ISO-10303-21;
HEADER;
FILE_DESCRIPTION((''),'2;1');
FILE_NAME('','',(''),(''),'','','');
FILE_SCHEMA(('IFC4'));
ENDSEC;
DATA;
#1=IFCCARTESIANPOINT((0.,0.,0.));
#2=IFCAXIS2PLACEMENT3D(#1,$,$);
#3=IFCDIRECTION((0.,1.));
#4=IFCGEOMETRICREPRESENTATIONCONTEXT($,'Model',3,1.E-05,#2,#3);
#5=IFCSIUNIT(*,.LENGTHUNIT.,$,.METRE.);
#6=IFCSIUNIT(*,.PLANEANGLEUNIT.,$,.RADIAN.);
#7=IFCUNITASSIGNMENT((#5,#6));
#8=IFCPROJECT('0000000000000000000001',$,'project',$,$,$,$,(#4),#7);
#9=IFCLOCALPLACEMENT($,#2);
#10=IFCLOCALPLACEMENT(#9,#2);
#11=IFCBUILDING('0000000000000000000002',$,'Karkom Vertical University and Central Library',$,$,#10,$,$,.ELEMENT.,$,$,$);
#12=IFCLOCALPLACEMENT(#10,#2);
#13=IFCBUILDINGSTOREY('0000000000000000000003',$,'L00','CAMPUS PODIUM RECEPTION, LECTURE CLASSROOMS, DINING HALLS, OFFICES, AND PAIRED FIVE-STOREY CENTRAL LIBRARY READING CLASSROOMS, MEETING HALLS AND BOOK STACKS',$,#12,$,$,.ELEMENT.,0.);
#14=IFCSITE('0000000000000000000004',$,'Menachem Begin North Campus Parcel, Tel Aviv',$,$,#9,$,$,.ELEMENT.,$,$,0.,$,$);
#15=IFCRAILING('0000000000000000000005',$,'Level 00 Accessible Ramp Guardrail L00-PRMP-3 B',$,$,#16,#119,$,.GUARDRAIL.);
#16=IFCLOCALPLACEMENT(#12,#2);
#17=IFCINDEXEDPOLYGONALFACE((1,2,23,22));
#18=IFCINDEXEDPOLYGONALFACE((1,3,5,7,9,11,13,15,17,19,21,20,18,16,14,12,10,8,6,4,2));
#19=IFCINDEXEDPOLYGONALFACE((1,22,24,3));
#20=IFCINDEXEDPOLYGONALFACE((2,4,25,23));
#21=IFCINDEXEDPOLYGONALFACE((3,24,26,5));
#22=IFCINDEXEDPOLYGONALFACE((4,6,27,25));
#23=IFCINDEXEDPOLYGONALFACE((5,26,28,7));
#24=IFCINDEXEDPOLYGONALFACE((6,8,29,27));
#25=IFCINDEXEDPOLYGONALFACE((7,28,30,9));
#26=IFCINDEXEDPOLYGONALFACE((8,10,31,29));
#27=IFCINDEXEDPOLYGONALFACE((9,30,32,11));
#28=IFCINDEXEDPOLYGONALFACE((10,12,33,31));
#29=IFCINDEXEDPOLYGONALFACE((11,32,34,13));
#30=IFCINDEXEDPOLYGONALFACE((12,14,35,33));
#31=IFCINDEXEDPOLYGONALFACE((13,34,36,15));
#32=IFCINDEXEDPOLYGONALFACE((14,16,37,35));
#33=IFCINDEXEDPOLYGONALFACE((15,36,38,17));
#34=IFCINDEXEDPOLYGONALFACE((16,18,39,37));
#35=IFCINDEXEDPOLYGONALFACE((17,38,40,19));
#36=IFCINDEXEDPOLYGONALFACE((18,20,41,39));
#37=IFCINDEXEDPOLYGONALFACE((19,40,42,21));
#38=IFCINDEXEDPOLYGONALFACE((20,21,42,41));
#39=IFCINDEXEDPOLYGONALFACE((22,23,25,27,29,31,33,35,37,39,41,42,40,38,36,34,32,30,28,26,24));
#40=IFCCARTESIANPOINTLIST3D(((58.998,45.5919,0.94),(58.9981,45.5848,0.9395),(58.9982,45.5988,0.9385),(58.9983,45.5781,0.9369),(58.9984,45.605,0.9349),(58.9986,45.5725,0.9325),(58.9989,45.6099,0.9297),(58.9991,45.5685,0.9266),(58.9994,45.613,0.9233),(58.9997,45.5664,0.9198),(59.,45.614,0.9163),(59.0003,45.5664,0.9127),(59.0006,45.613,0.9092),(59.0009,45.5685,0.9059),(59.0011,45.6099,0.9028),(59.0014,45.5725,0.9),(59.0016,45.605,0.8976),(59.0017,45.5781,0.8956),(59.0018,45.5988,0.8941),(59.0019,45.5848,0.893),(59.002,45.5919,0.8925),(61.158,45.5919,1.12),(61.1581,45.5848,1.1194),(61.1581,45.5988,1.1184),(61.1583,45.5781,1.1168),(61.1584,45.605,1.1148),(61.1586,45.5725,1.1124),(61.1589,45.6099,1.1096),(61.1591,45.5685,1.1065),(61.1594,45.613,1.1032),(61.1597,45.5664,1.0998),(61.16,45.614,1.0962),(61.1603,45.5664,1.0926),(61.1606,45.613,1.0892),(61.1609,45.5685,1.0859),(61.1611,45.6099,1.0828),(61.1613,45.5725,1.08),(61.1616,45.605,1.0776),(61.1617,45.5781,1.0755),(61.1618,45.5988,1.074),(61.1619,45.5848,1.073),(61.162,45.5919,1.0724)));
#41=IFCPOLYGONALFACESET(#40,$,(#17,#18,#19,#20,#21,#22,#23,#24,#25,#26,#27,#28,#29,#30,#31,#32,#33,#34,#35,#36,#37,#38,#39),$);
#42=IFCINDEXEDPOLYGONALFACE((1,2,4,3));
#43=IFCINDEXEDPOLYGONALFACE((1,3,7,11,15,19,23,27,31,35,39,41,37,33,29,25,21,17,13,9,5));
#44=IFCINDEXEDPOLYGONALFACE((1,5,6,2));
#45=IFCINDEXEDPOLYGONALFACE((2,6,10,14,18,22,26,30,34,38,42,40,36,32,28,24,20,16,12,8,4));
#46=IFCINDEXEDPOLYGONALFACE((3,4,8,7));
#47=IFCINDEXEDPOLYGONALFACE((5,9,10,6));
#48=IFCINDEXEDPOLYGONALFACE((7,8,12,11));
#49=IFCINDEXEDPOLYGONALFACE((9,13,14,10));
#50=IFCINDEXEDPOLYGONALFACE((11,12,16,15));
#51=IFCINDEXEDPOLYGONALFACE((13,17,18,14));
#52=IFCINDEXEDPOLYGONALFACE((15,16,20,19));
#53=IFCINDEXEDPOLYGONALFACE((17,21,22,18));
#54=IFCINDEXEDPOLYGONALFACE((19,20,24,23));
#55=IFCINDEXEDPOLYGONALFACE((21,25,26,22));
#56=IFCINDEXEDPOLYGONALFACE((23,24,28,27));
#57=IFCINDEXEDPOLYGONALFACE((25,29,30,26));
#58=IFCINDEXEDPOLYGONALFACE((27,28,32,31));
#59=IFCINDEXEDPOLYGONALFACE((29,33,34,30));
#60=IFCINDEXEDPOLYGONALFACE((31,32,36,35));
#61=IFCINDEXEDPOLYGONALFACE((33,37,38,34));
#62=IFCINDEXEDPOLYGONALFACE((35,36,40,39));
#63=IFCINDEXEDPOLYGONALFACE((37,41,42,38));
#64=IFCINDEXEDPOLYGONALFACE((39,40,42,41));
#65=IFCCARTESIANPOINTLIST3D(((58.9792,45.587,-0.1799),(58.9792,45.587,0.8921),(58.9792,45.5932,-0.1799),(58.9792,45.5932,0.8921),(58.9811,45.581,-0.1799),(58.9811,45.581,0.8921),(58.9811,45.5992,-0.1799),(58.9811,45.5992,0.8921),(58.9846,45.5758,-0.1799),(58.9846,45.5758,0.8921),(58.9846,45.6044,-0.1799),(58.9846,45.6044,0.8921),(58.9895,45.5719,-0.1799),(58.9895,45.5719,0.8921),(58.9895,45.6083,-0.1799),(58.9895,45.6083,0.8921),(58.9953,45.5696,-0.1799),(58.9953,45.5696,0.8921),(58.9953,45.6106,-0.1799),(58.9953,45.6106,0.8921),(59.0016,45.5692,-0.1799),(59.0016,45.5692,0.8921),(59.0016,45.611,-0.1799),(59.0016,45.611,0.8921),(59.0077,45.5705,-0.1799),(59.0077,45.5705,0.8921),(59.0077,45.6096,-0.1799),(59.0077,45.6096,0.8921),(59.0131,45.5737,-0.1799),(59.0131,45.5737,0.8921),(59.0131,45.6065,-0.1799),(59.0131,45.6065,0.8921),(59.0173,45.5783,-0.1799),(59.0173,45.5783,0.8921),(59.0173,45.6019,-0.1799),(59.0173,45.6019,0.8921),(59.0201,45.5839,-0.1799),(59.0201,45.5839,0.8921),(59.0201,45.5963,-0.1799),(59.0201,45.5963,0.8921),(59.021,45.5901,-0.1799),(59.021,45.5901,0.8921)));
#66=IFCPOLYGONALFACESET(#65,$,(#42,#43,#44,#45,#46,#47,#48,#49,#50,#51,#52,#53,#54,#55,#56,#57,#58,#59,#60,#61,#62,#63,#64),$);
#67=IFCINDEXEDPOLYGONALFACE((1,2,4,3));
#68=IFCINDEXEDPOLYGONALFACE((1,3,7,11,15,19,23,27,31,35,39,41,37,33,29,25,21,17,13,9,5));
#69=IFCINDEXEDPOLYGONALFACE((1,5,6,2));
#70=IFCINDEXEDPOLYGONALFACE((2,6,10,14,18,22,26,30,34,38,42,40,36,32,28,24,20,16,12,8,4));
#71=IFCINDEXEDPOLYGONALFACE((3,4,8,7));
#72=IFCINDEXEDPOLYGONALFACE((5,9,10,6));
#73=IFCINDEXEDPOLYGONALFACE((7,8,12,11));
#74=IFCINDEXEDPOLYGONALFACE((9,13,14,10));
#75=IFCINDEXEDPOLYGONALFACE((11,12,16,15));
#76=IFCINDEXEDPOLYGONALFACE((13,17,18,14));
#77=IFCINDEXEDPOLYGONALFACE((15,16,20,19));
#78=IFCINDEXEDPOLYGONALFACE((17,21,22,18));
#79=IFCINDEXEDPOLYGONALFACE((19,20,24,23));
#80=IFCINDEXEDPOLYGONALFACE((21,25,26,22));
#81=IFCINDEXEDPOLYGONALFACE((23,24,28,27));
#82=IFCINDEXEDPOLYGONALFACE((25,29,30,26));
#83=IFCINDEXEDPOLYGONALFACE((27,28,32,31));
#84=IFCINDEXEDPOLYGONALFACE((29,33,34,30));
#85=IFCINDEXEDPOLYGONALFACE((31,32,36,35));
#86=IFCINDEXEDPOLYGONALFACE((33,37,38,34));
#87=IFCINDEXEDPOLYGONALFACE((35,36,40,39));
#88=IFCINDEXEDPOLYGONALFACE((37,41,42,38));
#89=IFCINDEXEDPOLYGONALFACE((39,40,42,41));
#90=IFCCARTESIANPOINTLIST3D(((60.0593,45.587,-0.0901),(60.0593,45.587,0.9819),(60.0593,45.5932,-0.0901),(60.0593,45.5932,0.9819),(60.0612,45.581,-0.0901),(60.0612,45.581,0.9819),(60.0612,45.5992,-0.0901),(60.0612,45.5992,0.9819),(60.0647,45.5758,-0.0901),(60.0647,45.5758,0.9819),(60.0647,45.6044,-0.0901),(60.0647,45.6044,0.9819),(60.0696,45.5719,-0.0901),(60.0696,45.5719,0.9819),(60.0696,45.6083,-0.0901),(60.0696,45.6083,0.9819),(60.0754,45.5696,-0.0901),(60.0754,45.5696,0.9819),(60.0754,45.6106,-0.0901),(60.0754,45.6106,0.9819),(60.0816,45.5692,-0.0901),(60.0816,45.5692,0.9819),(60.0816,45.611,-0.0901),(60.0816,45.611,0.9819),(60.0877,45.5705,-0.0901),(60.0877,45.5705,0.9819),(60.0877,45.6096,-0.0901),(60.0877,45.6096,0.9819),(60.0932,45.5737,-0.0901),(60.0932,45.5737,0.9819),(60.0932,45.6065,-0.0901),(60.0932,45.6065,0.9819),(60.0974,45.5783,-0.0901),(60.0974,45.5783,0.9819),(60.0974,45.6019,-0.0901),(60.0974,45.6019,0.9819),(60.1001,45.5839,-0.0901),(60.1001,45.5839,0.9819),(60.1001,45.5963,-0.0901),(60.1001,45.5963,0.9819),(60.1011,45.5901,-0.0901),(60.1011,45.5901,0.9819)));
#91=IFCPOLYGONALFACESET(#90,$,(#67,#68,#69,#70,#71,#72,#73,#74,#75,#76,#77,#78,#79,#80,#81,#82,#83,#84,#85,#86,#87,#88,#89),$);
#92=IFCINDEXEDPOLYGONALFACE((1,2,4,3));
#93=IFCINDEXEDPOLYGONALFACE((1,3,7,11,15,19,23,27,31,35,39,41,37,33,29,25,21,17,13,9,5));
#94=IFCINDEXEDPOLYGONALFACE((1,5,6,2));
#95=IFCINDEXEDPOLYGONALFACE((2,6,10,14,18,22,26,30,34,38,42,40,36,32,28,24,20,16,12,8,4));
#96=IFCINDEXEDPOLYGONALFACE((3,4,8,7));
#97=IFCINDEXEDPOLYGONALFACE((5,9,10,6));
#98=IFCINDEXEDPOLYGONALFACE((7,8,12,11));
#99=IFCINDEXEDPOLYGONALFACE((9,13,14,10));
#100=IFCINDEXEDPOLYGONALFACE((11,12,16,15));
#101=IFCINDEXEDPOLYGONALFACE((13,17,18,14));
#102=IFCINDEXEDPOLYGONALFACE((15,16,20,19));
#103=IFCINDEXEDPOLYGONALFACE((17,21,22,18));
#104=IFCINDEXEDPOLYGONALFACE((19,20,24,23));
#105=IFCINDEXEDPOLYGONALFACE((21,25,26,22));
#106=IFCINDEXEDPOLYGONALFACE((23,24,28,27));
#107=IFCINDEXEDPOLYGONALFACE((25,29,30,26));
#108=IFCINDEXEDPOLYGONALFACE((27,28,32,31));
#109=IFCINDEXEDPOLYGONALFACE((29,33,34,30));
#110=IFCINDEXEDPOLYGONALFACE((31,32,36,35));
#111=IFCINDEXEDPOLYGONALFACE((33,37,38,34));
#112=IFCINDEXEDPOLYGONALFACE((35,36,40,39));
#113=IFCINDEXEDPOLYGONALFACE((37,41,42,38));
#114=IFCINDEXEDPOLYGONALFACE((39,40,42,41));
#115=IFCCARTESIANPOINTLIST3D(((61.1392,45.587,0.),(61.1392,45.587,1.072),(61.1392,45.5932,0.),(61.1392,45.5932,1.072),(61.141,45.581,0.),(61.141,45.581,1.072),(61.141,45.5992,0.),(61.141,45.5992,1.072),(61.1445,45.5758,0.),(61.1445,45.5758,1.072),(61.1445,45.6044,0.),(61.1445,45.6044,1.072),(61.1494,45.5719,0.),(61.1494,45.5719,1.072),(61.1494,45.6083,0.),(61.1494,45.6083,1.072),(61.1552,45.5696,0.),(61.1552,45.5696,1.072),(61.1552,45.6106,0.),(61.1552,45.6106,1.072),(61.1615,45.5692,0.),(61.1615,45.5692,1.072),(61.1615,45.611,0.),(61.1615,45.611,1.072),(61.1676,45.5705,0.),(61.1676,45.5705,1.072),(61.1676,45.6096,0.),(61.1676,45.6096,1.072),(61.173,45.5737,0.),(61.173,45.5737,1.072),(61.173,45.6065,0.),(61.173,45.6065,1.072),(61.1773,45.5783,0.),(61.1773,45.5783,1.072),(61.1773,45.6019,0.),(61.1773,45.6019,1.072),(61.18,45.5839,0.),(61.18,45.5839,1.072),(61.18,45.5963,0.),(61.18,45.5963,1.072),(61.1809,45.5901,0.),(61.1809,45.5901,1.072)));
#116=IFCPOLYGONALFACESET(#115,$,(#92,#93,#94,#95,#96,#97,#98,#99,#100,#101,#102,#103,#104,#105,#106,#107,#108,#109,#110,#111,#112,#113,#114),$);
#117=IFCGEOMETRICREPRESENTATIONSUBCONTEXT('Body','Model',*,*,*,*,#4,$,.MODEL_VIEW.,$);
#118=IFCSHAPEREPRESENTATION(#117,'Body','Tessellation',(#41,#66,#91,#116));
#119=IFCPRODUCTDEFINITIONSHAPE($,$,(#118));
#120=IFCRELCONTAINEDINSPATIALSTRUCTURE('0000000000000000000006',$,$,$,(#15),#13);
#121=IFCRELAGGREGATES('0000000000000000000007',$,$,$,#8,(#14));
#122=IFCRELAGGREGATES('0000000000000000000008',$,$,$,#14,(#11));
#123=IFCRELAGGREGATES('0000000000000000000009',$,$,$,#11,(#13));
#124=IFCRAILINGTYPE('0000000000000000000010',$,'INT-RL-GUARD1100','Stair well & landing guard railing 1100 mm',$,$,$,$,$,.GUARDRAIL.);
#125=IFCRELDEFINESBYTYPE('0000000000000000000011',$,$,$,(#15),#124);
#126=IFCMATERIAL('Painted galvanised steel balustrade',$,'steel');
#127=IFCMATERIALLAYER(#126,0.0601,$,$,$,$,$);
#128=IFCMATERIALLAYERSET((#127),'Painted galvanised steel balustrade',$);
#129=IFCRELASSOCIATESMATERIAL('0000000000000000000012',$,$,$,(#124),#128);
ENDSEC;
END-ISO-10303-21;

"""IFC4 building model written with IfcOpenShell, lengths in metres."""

from ifc_helpers import new_model, si_unit, direction, frame, origin, origin_2d, place, context, subcontext, project, spatial, circle, extrude, material, layer, layer_set, type_object, element, save


model = new_model("IFC4")

# Units and contexts
model_context = context("Model", 3, precision=1e-05, world=origin(), true_north=direction((0.0, 1.0)))
body_context = subcontext(model_context, "Body", "Model", "MODEL_VIEW")
ifc_project = project(units=[si_unit("LENGTHUNIT", "METRE"), si_unit("PLANEANGLEUNIT", "RADIAN")], contexts=[model_context])

# Site, building, storey
site_placement = place(None, origin())
site = spatial("IfcSite", under=ifc_project, at=site_placement, Name="Menachem Begin North Campus Parcel, Tel Aviv", CompositionType="ELEMENT", RefElevation=0.0)
building_placement = place(site_placement, origin())
building = spatial("IfcBuilding", under=site, at=building_placement, Name="Karkom Vertical University and Central Library", CompositionType="ELEMENT")
storey_placement = place(building_placement, origin())
storey = spatial("IfcBuildingStorey", under=building, at=storey_placement, Name="L00", Description="CAMPUS PODIUM RECEPTION, LECTURE CLASSROOMS, DINING HALLS, OFFICES, AND PAIRED FIVE-STOREY CENTRAL LIBRARY READING CLASSROOMS, MEETING HALLS AND BOOK STACKS", CompositionType="ELEMENT", Elevation=0.0)

# Railing
ifc_material_1 = material(Name="Painted galvanised steel balustrade", Category="steel")
ifc_layer_1 = layer(ifc_material_1, 0.0601)
ifc_layer_set_1 = layer_set([ifc_layer_1], Name="Painted galvanised steel balustrade")
railing_type = type_object("IfcRailingType", Name="INT-RL-GUARD1100", Description="Stair well & landing guard railing 1100 mm", PredefinedType="GUARDRAIL", material=ifc_layer_set_1)
for number, where, name in (
    (1, (59.0, 45.5901, -0.1799), "Level 00 Accessible Ramp Guardrail L00-PRMP-3 B"),
):
    element("IfcRailing", number, at=place(storey_placement, frame(where)), inside=storey, type_object=railing_type, Name=name, PredefinedType="GUARDRAIL", context=body_context, shape_type="SweptSolid", body=[
        extrude(circle(Radius=0.0239, at=origin_2d()), frame((0.0, 0.0, 1.0962), z_axis=(0.996548, 0.0, 0.083018), x_axis=(0.0, 1.0, 0.0)), (0.0, 0.0, 1.0), 2.1675),
        extrude(circle(Radius=0.021, at=origin_2d()), origin(), (0.0, 0.0, 1.0), 1.072),
        extrude(circle(Radius=0.021, at=origin_2d()), frame((1.0801, 0.0, 0.0898)), (0.0, 0.0, 1.0), 1.072),
        extrude(circle(Radius=0.021, at=origin_2d()), frame((2.1599, 0.0, 0.1799)), (0.0, 0.0, 1.0), 1.072),
    ])

save(model, "model.ifc")
